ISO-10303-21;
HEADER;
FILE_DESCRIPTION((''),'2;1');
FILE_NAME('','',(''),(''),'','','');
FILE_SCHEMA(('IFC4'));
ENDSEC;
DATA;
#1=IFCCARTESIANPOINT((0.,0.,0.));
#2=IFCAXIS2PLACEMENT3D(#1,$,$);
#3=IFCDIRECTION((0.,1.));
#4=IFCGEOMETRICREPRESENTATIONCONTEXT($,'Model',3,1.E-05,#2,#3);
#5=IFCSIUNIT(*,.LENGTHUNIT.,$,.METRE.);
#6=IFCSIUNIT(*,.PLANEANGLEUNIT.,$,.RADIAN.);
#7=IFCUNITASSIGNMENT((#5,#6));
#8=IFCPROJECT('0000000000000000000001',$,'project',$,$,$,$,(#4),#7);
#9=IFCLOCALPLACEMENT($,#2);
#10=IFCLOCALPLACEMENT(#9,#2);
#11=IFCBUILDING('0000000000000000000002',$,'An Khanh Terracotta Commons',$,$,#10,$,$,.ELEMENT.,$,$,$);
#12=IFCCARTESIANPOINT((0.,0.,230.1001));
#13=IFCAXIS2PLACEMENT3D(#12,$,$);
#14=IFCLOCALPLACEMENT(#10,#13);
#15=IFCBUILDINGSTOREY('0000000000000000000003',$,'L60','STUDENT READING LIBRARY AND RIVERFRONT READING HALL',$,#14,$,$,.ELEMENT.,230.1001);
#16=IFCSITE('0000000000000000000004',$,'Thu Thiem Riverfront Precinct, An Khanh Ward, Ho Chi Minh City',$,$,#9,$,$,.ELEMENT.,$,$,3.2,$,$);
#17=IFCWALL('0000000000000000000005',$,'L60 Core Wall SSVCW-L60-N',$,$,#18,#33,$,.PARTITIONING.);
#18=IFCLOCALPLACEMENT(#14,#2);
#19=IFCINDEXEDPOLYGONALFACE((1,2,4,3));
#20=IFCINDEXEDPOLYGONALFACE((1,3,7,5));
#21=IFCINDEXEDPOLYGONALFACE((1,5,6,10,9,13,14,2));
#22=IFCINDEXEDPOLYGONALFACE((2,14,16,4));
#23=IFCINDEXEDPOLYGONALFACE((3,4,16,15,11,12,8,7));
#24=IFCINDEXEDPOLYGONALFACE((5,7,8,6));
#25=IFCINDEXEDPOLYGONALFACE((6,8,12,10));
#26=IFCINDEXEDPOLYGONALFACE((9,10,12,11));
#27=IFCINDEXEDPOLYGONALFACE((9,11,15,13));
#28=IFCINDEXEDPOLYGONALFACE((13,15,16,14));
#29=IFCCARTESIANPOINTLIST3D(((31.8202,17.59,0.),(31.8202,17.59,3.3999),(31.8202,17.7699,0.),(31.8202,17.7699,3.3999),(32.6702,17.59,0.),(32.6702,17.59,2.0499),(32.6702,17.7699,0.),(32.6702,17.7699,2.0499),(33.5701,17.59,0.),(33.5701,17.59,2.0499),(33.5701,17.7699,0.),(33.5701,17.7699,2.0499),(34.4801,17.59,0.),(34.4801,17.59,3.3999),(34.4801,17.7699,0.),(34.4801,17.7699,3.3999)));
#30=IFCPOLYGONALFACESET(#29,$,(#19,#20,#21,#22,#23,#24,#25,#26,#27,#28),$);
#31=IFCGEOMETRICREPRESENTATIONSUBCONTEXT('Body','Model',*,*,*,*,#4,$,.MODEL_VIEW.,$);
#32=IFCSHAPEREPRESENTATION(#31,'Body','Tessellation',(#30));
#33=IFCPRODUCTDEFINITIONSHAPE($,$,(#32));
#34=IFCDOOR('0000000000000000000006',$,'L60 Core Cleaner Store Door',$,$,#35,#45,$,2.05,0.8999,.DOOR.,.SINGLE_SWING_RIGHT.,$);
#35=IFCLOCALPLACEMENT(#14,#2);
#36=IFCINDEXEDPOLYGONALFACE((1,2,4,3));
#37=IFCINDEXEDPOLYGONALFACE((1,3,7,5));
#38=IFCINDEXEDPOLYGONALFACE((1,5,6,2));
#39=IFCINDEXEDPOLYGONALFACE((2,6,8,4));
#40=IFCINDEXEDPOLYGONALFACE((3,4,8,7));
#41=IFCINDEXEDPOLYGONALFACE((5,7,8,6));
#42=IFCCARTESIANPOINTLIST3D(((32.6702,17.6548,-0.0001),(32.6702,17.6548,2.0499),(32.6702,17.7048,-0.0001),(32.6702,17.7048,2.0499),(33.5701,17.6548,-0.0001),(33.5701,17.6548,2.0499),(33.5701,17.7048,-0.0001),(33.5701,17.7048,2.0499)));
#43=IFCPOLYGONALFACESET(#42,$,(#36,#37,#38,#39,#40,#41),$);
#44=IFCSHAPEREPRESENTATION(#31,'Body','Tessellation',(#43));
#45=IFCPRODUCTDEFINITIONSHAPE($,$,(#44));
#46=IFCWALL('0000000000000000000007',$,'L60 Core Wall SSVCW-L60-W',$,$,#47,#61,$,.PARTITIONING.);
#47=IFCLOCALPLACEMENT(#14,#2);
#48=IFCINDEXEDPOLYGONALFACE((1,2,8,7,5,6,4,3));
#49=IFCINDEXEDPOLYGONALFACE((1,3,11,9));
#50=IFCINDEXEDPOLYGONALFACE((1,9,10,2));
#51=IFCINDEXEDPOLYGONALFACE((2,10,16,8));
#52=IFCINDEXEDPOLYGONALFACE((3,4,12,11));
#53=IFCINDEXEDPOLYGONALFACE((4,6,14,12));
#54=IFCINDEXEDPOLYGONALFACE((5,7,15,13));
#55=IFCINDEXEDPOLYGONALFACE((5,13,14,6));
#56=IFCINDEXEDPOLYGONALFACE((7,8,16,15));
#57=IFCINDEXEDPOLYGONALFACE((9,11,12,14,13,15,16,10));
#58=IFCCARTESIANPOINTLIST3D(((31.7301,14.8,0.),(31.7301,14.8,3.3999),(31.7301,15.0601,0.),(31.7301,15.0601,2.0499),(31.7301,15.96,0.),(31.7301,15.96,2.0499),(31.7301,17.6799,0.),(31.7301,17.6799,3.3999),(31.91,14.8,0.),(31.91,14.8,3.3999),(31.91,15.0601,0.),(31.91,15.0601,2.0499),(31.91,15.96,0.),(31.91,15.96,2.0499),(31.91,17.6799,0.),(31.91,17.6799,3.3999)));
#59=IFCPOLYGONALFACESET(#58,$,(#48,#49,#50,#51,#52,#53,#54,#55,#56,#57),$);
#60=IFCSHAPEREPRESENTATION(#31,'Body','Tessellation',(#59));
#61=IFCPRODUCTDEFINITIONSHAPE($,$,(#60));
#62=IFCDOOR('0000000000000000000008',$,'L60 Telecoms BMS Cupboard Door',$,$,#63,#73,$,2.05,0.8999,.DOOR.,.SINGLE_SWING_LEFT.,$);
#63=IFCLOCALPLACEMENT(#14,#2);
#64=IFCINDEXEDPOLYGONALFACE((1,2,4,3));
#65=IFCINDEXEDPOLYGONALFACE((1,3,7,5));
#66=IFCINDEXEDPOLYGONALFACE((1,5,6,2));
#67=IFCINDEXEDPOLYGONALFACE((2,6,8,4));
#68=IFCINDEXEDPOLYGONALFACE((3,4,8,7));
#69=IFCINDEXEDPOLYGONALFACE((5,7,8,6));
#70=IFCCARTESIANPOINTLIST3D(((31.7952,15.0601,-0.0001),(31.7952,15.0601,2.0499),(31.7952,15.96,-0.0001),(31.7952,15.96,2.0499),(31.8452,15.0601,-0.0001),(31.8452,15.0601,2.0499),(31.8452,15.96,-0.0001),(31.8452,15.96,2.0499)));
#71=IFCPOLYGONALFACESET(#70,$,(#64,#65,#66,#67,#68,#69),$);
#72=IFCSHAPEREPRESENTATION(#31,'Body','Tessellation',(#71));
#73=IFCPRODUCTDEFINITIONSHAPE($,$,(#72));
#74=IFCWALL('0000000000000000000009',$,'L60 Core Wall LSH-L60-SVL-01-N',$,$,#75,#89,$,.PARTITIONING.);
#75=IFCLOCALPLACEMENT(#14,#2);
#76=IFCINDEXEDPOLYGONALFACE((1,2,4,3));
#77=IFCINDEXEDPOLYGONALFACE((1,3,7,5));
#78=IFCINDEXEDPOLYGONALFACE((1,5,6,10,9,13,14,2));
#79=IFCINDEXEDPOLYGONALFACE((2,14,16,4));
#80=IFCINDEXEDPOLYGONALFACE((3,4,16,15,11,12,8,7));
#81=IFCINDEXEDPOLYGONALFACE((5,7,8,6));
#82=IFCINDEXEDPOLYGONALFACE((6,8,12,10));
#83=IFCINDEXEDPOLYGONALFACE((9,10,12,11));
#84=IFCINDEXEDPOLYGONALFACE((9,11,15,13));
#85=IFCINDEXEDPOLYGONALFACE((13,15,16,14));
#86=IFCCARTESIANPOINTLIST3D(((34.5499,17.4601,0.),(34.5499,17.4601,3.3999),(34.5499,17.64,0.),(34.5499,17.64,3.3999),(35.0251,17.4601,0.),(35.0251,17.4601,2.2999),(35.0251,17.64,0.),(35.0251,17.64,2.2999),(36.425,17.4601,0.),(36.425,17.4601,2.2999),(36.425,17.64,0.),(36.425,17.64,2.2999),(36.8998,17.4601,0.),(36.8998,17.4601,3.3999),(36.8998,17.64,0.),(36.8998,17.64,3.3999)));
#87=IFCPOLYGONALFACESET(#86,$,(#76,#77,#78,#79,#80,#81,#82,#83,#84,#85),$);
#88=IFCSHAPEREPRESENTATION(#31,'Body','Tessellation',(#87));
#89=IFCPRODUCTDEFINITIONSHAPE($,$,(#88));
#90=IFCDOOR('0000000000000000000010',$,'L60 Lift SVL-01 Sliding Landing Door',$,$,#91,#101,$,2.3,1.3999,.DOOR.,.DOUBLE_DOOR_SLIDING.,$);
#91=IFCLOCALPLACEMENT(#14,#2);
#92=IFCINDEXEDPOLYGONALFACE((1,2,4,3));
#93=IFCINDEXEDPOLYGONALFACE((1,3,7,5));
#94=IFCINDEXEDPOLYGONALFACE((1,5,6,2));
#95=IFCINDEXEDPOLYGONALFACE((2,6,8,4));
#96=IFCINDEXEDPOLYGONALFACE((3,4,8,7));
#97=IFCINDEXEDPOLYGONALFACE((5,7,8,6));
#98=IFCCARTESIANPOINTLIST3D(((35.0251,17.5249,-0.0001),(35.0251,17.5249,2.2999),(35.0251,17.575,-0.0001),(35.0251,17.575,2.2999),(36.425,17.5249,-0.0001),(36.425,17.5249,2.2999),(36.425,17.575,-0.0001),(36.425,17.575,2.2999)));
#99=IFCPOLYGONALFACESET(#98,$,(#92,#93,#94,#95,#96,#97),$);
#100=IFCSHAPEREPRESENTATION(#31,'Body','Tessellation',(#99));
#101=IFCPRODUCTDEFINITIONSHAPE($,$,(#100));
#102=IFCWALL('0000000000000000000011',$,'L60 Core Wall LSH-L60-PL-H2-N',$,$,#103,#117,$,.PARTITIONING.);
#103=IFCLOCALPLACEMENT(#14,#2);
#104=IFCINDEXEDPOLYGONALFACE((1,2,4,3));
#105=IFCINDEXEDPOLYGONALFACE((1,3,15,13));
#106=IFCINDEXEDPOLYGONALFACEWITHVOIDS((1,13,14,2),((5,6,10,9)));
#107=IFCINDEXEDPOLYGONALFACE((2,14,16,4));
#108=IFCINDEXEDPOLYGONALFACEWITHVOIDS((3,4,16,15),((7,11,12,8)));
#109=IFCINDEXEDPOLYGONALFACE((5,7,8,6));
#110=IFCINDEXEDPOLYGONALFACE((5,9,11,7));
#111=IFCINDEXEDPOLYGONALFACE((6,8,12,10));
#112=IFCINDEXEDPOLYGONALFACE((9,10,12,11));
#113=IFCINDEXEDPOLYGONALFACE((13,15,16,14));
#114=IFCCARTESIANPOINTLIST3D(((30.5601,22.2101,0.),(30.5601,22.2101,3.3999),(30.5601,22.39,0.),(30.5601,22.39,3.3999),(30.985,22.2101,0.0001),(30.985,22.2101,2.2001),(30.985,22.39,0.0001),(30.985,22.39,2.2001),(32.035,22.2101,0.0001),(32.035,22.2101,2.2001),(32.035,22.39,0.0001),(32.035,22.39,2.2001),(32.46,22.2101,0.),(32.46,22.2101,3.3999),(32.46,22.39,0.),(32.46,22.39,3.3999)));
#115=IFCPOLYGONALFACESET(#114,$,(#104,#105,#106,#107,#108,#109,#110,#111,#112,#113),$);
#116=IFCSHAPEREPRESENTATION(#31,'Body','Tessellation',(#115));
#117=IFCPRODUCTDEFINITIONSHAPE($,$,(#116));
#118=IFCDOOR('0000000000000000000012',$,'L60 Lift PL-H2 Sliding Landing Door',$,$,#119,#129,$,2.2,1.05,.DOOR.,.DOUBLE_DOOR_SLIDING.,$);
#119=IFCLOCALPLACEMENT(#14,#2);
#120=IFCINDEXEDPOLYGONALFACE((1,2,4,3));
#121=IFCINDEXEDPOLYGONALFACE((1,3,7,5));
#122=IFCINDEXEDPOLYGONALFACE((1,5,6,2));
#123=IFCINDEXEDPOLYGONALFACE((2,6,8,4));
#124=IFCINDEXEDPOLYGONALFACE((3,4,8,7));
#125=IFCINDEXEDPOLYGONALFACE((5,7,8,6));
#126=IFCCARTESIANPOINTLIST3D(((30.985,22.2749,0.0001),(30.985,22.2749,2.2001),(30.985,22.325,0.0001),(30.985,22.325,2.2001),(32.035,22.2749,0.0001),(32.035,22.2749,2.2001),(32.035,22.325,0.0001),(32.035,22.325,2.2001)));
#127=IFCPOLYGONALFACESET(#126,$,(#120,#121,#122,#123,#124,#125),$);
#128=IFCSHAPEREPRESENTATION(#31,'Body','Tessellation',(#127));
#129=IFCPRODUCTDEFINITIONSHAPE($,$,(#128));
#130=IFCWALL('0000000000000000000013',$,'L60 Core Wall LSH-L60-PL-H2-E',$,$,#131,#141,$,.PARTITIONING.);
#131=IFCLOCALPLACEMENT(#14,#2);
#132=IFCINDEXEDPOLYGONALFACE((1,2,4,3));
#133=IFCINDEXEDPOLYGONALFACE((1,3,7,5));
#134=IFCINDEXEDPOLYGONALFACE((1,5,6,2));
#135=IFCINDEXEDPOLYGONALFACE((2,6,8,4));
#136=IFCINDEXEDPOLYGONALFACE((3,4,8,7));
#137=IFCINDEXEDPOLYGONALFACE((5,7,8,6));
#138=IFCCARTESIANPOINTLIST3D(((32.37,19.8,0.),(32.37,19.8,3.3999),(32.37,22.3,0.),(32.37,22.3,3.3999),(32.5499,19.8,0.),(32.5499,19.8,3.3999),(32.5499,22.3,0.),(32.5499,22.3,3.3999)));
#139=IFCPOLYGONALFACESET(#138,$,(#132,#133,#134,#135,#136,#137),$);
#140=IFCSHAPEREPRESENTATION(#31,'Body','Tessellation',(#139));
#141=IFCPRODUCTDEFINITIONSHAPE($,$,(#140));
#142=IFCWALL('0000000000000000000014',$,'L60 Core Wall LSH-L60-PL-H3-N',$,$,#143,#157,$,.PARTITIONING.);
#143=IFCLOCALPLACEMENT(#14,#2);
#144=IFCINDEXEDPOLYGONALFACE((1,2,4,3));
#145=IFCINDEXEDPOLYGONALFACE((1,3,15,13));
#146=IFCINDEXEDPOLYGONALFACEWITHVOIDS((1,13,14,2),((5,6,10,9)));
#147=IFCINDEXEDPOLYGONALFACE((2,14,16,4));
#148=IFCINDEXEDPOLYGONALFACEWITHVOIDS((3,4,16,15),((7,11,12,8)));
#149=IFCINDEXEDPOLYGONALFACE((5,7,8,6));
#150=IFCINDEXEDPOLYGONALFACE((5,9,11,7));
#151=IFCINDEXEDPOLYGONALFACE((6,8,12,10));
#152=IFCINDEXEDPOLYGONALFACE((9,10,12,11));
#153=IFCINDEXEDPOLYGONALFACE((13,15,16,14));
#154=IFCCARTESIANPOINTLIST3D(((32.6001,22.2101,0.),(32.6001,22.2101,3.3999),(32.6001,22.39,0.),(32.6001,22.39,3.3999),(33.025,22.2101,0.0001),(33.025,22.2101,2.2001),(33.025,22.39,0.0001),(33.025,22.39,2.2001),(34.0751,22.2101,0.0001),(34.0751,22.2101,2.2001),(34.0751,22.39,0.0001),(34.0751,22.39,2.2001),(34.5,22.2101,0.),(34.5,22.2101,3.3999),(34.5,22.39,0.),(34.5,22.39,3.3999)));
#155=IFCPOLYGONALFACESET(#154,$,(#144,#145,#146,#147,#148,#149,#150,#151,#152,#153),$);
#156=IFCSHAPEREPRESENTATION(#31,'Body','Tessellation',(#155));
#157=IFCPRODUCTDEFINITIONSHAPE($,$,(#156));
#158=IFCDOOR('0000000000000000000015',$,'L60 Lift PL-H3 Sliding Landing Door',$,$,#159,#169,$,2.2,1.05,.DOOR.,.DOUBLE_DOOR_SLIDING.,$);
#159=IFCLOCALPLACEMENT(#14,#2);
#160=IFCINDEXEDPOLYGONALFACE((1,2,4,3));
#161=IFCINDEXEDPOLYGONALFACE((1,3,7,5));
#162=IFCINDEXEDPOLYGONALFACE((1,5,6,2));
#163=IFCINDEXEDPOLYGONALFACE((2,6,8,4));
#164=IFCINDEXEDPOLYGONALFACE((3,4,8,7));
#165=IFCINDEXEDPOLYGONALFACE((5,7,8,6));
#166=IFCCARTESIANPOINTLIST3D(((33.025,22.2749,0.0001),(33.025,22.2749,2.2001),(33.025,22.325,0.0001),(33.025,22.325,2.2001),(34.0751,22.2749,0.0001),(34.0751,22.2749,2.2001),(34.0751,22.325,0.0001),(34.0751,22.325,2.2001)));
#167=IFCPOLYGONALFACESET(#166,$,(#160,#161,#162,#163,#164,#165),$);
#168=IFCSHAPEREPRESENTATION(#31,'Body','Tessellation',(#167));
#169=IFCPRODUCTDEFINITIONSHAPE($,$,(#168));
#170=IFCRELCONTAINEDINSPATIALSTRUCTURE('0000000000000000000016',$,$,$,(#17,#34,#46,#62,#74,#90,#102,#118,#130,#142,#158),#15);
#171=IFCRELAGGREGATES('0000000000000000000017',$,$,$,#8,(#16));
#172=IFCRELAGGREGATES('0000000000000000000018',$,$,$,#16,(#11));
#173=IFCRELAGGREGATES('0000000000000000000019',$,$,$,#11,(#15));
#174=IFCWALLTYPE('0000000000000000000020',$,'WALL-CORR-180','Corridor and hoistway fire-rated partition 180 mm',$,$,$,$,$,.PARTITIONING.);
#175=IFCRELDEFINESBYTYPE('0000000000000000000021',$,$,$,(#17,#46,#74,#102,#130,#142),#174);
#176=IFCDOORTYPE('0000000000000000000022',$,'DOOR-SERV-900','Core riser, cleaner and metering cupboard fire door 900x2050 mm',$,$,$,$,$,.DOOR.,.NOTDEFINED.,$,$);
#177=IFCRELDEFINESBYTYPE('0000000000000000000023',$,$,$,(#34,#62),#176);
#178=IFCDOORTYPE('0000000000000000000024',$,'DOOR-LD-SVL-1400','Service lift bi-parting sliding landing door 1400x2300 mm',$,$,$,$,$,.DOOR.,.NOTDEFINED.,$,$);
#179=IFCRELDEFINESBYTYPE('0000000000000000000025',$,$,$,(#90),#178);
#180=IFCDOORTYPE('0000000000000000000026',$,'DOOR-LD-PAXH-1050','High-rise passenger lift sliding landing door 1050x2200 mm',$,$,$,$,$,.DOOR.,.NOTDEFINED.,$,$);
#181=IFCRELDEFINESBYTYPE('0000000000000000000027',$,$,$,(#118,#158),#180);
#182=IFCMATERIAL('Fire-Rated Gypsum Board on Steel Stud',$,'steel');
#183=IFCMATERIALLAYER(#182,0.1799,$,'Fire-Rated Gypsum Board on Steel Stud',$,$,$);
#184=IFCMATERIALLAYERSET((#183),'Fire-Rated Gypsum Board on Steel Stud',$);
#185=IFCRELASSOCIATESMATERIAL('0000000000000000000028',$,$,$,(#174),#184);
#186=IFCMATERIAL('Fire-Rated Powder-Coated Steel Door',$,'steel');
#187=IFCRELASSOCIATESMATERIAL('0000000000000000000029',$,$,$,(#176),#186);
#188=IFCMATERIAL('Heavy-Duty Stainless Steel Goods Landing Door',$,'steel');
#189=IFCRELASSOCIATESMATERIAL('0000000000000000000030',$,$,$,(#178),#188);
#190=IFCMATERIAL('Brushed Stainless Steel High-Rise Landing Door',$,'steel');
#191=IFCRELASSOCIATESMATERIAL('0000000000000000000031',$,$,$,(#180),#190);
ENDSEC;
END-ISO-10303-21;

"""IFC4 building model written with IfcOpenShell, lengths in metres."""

from ifc_helpers import new_model, si_unit, direction, frame, frame_2d, origin, place, context, subcontext, project, spatial, rectangle, extrude, material, layer, layer_set, type_object, element, fill, save


model = new_model("IFC4")

# Units and contexts
model_context = context("Model", 3, precision=1e-05, world=origin(), true_north=direction((0.0, 1.0)))
body_context = subcontext(model_context, "Body", "Model", "MODEL_VIEW")
ifc_project = project(units=[si_unit("LENGTHUNIT", "METRE"), si_unit("PLANEANGLEUNIT", "RADIAN")], contexts=[model_context])

# Site, building, storey
site_placement = place(None, origin())
site = spatial("IfcSite", under=ifc_project, at=site_placement, Name="Thu Thiem Riverfront Precinct, An Khanh Ward, Ho Chi Minh City", CompositionType="ELEMENT", RefElevation=3.2)
building_placement = place(site_placement, origin())
building = spatial("IfcBuilding", under=site, at=building_placement, Name="An Khanh Terracotta Commons", CompositionType="ELEMENT")
storey_placement = place(building_placement, frame((0.0, 0.0, 230.1001)))
storey = spatial("IfcBuildingStorey", under=building, at=storey_placement, Name="L60", Description="STUDENT READING LIBRARY AND RIVERFRONT READING HALL", CompositionType="ELEMENT", Elevation=230.1001)

# Walls, openings, doors
ifc_material_1 = material(Name="Fire-Rated Gypsum Board on Steel Stud", Category="steel")
ifc_layer_1 = layer(ifc_material_1, 0.1799, Name="Fire-Rated Gypsum Board on Steel Stud")
ifc_layer_set_1 = layer_set([ifc_layer_1], Name="Fire-Rated Gypsum Board on Steel Stud")
wall_type_1 = type_object("IfcWallType", Name="WALL-CORR-180", Description="Corridor and hoistway fire-rated partition 180 mm", PredefinedType="PARTITIONING", material=ifc_layer_set_1)
wall_1_placement = place(storey_placement, frame((31.8201, 17.6799, 0.0), z_axis=(0.0, 0.0, 1.0), x_axis=(1.0, 0.0, 0.0)))
wall_1 = element("IfcWall", 1, at=wall_1_placement, inside=storey, type_object=wall_type_1, Name="L60 Core Wall SSVCW-L60-N", PredefinedType="PARTITIONING", context=body_context, shape_type="SweptSolid", body=[
    extrude(rectangle(XDim=2.6599, YDim=0.1799, at=frame_2d((1.3301, 0.0))), origin(), (0.0, 0.0, 1.0), 3.3999),
])
opening_1_placement = place(wall_1_placement, frame((0.8501, 0.0, 0.0)))
opening_1 = element("IfcOpeningElement", 2, at=opening_1_placement, cuts=wall_1, PredefinedType="OPENING", context=body_context, shape_type="SweptSolid", body=[
    extrude(rectangle(XDim=0.8999, YDim=2.05, at=frame_2d((0.45, 1.0249))), frame((0.0, 0.0999, 0.0), z_axis=(0.0, -1.0, 0.0), x_axis=(1.0, 0.0, 0.0)), (0.0, 0.0, 1.0), 0.2),
])
ifc_material_2 = material(Name="Fire-Rated Powder-Coated Steel Door", Category="steel")
door_type_1 = type_object("IfcDoorType", Name="DOOR-SERV-900", Description="Core riser, cleaner and metering cupboard fire door 900x2050 mm", OperationType="NOTDEFINED", PredefinedType="DOOR", material=ifc_material_2)
door_1_placement = place(opening_1_placement, origin())
door_1 = element("IfcDoor", 3, at=door_1_placement, inside=storey, type_object=door_type_1, Name="L60 Core Cleaner Store Door", OperationType="SINGLE_SWING_RIGHT", OverallHeight=2.05, OverallWidth=0.8999, PredefinedType="DOOR", context=body_context, shape_type="SweptSolid", body=[
    extrude(rectangle(XDim=0.8999, YDim=2.05, at=frame_2d((0.45, 1.0249))), frame((0.0, 0.0249, 0.0), z_axis=(0.0, -1.0, 0.0), x_axis=(1.0, 0.0, 0.0)), (0.0, 0.0, 1.0), 0.05),
])
fill(opening_1, door_1)
wall_2_placement = place(storey_placement, frame((31.8201, 14.8, 0.0), z_axis=(0.0, 0.0, 1.0), x_axis=(0.0, 1.0, 0.0)))
wall_2 = element("IfcWall", 4, at=wall_2_placement, inside=storey, type_object=wall_type_1, Name="L60 Core Wall SSVCW-L60-W", PredefinedType="PARTITIONING", context=body_context, shape_type="SweptSolid", body=[
    extrude(rectangle(XDim=2.8799, YDim=0.1799, at=frame_2d((1.4399, 0.0))), origin(), (0.0, 0.0, 1.0), 3.3999),
])
opening_2_placement = place(wall_2_placement, frame((0.26, 0.0, 0.0)))
opening_2 = element("IfcOpeningElement", 5, at=opening_2_placement, cuts=wall_2, PredefinedType="OPENING", context=body_context, shape_type="SweptSolid", body=[
    extrude(rectangle(XDim=0.8999, YDim=2.05, at=frame_2d((0.45, 1.0249))), frame((0.0, 0.0999, 0.0), z_axis=(0.0, -1.0, 0.0), x_axis=(1.0, 0.0, 0.0)), (0.0, 0.0, 1.0), 0.2),
])
door_2_placement = place(opening_2_placement, origin())
door_2 = element("IfcDoor", 6, at=door_2_placement, inside=storey, type_object=door_type_1, Name="L60 Telecoms BMS Cupboard Door", OperationType="SINGLE_SWING_LEFT", OverallHeight=2.05, OverallWidth=0.8999, PredefinedType="DOOR", context=body_context, shape_type="SweptSolid", body=[
    extrude(rectangle(XDim=0.8999, YDim=2.05, at=frame_2d((0.45, 1.0249))), frame((0.0, 0.0249, 0.0), z_axis=(0.0, -1.0, 0.0), x_axis=(1.0, 0.0, 0.0)), (0.0, 0.0, 1.0), 0.05),
])
fill(opening_2, door_2)
wall_3_placement = place(storey_placement, frame((34.55, 17.55, 0.0), z_axis=(0.0, 0.0, 1.0), x_axis=(1.0, 0.0, 0.0)))
wall_3 = element("IfcWall", 7, at=wall_3_placement, inside=storey, type_object=wall_type_1, Name="L60 Core Wall LSH-L60-SVL-01-N", PredefinedType="PARTITIONING", context=body_context, shape_type="SweptSolid", body=[
    extrude(rectangle(XDim=2.3499, YDim=0.1799, at=frame_2d((1.1748, 0.0))), origin(), (0.0, 0.0, 1.0), 3.3999),
])
opening_3_placement = place(wall_3_placement, frame((0.4751, 0.0, 0.0)))
opening_3 = element("IfcOpeningElement", 8, at=opening_3_placement, cuts=wall_3, PredefinedType="OPENING", context=body_context, shape_type="SweptSolid", body=[
    extrude(rectangle(XDim=1.3999, YDim=2.3, at=frame_2d((0.7, 1.1499))), frame((0.0, 0.0999, 0.0), z_axis=(0.0, -1.0, 0.0), x_axis=(1.0, 0.0, 0.0)), (0.0, 0.0, 1.0), 0.2),
])
ifc_material_3 = material(Name="Heavy-Duty Stainless Steel Goods Landing Door", Category="steel")
door_type_2 = type_object("IfcDoorType", Name="DOOR-LD-SVL-1400", Description="Service lift bi-parting sliding landing door 1400x2300 mm", OperationType="NOTDEFINED", PredefinedType="DOOR", material=ifc_material_3)
door_3_placement = place(opening_3_placement, origin())
door_3 = element("IfcDoor", 9, at=door_3_placement, inside=storey, type_object=door_type_2, Name="L60 Lift SVL-01 Sliding Landing Door", OperationType="DOUBLE_DOOR_SLIDING", OverallHeight=2.3, OverallWidth=1.3999, PredefinedType="DOOR", context=body_context, shape_type="SweptSolid", body=[
    extrude(rectangle(XDim=1.3999, YDim=2.3, at=frame_2d((0.7, 1.1499))), frame((0.0, 0.0249, 0.0), z_axis=(0.0, -1.0, 0.0), x_axis=(1.0, 0.0, 0.0)), (0.0, 0.0, 1.0), 0.05),
])
fill(opening_3, door_3)
wall_4_placement = place(storey_placement, frame((30.5601, 22.3, 0.0), z_axis=(0.0, 0.0, 1.0), x_axis=(1.0, 0.0, 0.0)))
wall_4 = element("IfcWall", 10, at=wall_4_placement, inside=storey, type_object=wall_type_1, Name="L60 Core Wall LSH-L60-PL-H2-N", PredefinedType="PARTITIONING", context=body_context, shape_type="SweptSolid", body=[
    extrude(rectangle(XDim=1.8999, YDim=0.1799, at=frame_2d((0.95, 0.0))), origin(), (0.0, 0.0, 1.0), 3.3999),
])
opening_4_placement = place(wall_4_placement, frame((0.425, 0.0, 0.0)))
opening_4 = element("IfcOpeningElement", 11, at=opening_4_placement, cuts=wall_4, PredefinedType="OPENING", context=body_context, shape_type="SweptSolid", body=[
    extrude(rectangle(XDim=1.05, YDim=2.2, at=frame_2d((0.5249, 1.1001))), frame((0.0, 0.0999, 0.0), z_axis=(0.0, -1.0, 0.0), x_axis=(1.0, 0.0, 0.0)), (0.0, 0.0, 1.0), 0.2),
])
ifc_material_4 = material(Name="Brushed Stainless Steel High-Rise Landing Door", Category="steel")
door_type_3 = type_object("IfcDoorType", Name="DOOR-LD-PAXH-1050", Description="High-rise passenger lift sliding landing door 1050x2200 mm", OperationType="NOTDEFINED", PredefinedType="DOOR", material=ifc_material_4)
door_4_placement = place(opening_4_placement, origin())
door_4 = element("IfcDoor", 12, at=door_4_placement, inside=storey, type_object=door_type_3, Name="L60 Lift PL-H2 Sliding Landing Door", OperationType="DOUBLE_DOOR_SLIDING", OverallHeight=2.2, OverallWidth=1.05, PredefinedType="DOOR", context=body_context, shape_type="SweptSolid", body=[
    extrude(rectangle(XDim=1.05, YDim=2.2, at=frame_2d((0.5249, 1.1001))), frame((0.0, 0.0249, 0.0), z_axis=(0.0, -1.0, 0.0), x_axis=(1.0, 0.0, 0.0)), (0.0, 0.0, 1.0), 0.05),
])
fill(opening_4, door_4)

# Wall
wall_5_placement = place(storey_placement, frame((32.46, 19.8, 0.0), z_axis=(0.0, 0.0, 1.0), x_axis=(0.0, 1.0, 0.0)))
element("IfcWall", 13, at=wall_5_placement, inside=storey, type_object=wall_type_1, Name="L60 Core Wall LSH-L60-PL-H2-E", PredefinedType="PARTITIONING", context=body_context, shape_type="SweptSolid", body=[
    extrude(rectangle(XDim=2.5, YDim=0.1799, at=frame_2d((1.25, 0.0))), origin(), (0.0, 0.0, 1.0), 3.3999),
])

# Wall, opening, door
wall_6_placement = place(storey_placement, frame((32.6001, 22.3, 0.0), z_axis=(0.0, 0.0, 1.0), x_axis=(1.0, 0.0, 0.0)))
wall_6 = element("IfcWall", 14, at=wall_6_placement, inside=storey, type_object=wall_type_1, Name="L60 Core Wall LSH-L60-PL-H3-N", PredefinedType="PARTITIONING", context=body_context, shape_type="SweptSolid", body=[
    extrude(rectangle(XDim=1.8999, YDim=0.1799, at=frame_2d((0.95, 0.0))), origin(), (0.0, 0.0, 1.0), 3.3999),
])
opening_5_placement = place(wall_6_placement, frame((0.425, 0.0, 0.0)))
opening_5 = element("IfcOpeningElement", 15, at=opening_5_placement, cuts=wall_6, PredefinedType="OPENING", context=body_context, shape_type="SweptSolid", body=[
    extrude(rectangle(XDim=1.05, YDim=2.2, at=frame_2d((0.5249, 1.1001))), frame((0.0, 0.0999, 0.0), z_axis=(0.0, -1.0, 0.0), x_axis=(1.0, 0.0, 0.0)), (0.0, 0.0, 1.0), 0.2),
])
door_5_placement = place(opening_5_placement, origin())
door_5 = element("IfcDoor", 16, at=door_5_placement, inside=storey, type_object=door_type_3, Name="L60 Lift PL-H3 Sliding Landing Door", OperationType="DOUBLE_DOOR_SLIDING", OverallHeight=2.2, OverallWidth=1.05, PredefinedType="DOOR", context=body_context, shape_type="SweptSolid", body=[
    extrude(rectangle(XDim=1.05, YDim=2.2, at=frame_2d((0.5249, 1.1001))), frame((0.0, 0.0249, 0.0), z_axis=(0.0, -1.0, 0.0), x_axis=(1.0, 0.0, 0.0)), (0.0, 0.0, 1.0), 0.05),
])
fill(opening_5, door_5)

save(model, "model.ifc")
